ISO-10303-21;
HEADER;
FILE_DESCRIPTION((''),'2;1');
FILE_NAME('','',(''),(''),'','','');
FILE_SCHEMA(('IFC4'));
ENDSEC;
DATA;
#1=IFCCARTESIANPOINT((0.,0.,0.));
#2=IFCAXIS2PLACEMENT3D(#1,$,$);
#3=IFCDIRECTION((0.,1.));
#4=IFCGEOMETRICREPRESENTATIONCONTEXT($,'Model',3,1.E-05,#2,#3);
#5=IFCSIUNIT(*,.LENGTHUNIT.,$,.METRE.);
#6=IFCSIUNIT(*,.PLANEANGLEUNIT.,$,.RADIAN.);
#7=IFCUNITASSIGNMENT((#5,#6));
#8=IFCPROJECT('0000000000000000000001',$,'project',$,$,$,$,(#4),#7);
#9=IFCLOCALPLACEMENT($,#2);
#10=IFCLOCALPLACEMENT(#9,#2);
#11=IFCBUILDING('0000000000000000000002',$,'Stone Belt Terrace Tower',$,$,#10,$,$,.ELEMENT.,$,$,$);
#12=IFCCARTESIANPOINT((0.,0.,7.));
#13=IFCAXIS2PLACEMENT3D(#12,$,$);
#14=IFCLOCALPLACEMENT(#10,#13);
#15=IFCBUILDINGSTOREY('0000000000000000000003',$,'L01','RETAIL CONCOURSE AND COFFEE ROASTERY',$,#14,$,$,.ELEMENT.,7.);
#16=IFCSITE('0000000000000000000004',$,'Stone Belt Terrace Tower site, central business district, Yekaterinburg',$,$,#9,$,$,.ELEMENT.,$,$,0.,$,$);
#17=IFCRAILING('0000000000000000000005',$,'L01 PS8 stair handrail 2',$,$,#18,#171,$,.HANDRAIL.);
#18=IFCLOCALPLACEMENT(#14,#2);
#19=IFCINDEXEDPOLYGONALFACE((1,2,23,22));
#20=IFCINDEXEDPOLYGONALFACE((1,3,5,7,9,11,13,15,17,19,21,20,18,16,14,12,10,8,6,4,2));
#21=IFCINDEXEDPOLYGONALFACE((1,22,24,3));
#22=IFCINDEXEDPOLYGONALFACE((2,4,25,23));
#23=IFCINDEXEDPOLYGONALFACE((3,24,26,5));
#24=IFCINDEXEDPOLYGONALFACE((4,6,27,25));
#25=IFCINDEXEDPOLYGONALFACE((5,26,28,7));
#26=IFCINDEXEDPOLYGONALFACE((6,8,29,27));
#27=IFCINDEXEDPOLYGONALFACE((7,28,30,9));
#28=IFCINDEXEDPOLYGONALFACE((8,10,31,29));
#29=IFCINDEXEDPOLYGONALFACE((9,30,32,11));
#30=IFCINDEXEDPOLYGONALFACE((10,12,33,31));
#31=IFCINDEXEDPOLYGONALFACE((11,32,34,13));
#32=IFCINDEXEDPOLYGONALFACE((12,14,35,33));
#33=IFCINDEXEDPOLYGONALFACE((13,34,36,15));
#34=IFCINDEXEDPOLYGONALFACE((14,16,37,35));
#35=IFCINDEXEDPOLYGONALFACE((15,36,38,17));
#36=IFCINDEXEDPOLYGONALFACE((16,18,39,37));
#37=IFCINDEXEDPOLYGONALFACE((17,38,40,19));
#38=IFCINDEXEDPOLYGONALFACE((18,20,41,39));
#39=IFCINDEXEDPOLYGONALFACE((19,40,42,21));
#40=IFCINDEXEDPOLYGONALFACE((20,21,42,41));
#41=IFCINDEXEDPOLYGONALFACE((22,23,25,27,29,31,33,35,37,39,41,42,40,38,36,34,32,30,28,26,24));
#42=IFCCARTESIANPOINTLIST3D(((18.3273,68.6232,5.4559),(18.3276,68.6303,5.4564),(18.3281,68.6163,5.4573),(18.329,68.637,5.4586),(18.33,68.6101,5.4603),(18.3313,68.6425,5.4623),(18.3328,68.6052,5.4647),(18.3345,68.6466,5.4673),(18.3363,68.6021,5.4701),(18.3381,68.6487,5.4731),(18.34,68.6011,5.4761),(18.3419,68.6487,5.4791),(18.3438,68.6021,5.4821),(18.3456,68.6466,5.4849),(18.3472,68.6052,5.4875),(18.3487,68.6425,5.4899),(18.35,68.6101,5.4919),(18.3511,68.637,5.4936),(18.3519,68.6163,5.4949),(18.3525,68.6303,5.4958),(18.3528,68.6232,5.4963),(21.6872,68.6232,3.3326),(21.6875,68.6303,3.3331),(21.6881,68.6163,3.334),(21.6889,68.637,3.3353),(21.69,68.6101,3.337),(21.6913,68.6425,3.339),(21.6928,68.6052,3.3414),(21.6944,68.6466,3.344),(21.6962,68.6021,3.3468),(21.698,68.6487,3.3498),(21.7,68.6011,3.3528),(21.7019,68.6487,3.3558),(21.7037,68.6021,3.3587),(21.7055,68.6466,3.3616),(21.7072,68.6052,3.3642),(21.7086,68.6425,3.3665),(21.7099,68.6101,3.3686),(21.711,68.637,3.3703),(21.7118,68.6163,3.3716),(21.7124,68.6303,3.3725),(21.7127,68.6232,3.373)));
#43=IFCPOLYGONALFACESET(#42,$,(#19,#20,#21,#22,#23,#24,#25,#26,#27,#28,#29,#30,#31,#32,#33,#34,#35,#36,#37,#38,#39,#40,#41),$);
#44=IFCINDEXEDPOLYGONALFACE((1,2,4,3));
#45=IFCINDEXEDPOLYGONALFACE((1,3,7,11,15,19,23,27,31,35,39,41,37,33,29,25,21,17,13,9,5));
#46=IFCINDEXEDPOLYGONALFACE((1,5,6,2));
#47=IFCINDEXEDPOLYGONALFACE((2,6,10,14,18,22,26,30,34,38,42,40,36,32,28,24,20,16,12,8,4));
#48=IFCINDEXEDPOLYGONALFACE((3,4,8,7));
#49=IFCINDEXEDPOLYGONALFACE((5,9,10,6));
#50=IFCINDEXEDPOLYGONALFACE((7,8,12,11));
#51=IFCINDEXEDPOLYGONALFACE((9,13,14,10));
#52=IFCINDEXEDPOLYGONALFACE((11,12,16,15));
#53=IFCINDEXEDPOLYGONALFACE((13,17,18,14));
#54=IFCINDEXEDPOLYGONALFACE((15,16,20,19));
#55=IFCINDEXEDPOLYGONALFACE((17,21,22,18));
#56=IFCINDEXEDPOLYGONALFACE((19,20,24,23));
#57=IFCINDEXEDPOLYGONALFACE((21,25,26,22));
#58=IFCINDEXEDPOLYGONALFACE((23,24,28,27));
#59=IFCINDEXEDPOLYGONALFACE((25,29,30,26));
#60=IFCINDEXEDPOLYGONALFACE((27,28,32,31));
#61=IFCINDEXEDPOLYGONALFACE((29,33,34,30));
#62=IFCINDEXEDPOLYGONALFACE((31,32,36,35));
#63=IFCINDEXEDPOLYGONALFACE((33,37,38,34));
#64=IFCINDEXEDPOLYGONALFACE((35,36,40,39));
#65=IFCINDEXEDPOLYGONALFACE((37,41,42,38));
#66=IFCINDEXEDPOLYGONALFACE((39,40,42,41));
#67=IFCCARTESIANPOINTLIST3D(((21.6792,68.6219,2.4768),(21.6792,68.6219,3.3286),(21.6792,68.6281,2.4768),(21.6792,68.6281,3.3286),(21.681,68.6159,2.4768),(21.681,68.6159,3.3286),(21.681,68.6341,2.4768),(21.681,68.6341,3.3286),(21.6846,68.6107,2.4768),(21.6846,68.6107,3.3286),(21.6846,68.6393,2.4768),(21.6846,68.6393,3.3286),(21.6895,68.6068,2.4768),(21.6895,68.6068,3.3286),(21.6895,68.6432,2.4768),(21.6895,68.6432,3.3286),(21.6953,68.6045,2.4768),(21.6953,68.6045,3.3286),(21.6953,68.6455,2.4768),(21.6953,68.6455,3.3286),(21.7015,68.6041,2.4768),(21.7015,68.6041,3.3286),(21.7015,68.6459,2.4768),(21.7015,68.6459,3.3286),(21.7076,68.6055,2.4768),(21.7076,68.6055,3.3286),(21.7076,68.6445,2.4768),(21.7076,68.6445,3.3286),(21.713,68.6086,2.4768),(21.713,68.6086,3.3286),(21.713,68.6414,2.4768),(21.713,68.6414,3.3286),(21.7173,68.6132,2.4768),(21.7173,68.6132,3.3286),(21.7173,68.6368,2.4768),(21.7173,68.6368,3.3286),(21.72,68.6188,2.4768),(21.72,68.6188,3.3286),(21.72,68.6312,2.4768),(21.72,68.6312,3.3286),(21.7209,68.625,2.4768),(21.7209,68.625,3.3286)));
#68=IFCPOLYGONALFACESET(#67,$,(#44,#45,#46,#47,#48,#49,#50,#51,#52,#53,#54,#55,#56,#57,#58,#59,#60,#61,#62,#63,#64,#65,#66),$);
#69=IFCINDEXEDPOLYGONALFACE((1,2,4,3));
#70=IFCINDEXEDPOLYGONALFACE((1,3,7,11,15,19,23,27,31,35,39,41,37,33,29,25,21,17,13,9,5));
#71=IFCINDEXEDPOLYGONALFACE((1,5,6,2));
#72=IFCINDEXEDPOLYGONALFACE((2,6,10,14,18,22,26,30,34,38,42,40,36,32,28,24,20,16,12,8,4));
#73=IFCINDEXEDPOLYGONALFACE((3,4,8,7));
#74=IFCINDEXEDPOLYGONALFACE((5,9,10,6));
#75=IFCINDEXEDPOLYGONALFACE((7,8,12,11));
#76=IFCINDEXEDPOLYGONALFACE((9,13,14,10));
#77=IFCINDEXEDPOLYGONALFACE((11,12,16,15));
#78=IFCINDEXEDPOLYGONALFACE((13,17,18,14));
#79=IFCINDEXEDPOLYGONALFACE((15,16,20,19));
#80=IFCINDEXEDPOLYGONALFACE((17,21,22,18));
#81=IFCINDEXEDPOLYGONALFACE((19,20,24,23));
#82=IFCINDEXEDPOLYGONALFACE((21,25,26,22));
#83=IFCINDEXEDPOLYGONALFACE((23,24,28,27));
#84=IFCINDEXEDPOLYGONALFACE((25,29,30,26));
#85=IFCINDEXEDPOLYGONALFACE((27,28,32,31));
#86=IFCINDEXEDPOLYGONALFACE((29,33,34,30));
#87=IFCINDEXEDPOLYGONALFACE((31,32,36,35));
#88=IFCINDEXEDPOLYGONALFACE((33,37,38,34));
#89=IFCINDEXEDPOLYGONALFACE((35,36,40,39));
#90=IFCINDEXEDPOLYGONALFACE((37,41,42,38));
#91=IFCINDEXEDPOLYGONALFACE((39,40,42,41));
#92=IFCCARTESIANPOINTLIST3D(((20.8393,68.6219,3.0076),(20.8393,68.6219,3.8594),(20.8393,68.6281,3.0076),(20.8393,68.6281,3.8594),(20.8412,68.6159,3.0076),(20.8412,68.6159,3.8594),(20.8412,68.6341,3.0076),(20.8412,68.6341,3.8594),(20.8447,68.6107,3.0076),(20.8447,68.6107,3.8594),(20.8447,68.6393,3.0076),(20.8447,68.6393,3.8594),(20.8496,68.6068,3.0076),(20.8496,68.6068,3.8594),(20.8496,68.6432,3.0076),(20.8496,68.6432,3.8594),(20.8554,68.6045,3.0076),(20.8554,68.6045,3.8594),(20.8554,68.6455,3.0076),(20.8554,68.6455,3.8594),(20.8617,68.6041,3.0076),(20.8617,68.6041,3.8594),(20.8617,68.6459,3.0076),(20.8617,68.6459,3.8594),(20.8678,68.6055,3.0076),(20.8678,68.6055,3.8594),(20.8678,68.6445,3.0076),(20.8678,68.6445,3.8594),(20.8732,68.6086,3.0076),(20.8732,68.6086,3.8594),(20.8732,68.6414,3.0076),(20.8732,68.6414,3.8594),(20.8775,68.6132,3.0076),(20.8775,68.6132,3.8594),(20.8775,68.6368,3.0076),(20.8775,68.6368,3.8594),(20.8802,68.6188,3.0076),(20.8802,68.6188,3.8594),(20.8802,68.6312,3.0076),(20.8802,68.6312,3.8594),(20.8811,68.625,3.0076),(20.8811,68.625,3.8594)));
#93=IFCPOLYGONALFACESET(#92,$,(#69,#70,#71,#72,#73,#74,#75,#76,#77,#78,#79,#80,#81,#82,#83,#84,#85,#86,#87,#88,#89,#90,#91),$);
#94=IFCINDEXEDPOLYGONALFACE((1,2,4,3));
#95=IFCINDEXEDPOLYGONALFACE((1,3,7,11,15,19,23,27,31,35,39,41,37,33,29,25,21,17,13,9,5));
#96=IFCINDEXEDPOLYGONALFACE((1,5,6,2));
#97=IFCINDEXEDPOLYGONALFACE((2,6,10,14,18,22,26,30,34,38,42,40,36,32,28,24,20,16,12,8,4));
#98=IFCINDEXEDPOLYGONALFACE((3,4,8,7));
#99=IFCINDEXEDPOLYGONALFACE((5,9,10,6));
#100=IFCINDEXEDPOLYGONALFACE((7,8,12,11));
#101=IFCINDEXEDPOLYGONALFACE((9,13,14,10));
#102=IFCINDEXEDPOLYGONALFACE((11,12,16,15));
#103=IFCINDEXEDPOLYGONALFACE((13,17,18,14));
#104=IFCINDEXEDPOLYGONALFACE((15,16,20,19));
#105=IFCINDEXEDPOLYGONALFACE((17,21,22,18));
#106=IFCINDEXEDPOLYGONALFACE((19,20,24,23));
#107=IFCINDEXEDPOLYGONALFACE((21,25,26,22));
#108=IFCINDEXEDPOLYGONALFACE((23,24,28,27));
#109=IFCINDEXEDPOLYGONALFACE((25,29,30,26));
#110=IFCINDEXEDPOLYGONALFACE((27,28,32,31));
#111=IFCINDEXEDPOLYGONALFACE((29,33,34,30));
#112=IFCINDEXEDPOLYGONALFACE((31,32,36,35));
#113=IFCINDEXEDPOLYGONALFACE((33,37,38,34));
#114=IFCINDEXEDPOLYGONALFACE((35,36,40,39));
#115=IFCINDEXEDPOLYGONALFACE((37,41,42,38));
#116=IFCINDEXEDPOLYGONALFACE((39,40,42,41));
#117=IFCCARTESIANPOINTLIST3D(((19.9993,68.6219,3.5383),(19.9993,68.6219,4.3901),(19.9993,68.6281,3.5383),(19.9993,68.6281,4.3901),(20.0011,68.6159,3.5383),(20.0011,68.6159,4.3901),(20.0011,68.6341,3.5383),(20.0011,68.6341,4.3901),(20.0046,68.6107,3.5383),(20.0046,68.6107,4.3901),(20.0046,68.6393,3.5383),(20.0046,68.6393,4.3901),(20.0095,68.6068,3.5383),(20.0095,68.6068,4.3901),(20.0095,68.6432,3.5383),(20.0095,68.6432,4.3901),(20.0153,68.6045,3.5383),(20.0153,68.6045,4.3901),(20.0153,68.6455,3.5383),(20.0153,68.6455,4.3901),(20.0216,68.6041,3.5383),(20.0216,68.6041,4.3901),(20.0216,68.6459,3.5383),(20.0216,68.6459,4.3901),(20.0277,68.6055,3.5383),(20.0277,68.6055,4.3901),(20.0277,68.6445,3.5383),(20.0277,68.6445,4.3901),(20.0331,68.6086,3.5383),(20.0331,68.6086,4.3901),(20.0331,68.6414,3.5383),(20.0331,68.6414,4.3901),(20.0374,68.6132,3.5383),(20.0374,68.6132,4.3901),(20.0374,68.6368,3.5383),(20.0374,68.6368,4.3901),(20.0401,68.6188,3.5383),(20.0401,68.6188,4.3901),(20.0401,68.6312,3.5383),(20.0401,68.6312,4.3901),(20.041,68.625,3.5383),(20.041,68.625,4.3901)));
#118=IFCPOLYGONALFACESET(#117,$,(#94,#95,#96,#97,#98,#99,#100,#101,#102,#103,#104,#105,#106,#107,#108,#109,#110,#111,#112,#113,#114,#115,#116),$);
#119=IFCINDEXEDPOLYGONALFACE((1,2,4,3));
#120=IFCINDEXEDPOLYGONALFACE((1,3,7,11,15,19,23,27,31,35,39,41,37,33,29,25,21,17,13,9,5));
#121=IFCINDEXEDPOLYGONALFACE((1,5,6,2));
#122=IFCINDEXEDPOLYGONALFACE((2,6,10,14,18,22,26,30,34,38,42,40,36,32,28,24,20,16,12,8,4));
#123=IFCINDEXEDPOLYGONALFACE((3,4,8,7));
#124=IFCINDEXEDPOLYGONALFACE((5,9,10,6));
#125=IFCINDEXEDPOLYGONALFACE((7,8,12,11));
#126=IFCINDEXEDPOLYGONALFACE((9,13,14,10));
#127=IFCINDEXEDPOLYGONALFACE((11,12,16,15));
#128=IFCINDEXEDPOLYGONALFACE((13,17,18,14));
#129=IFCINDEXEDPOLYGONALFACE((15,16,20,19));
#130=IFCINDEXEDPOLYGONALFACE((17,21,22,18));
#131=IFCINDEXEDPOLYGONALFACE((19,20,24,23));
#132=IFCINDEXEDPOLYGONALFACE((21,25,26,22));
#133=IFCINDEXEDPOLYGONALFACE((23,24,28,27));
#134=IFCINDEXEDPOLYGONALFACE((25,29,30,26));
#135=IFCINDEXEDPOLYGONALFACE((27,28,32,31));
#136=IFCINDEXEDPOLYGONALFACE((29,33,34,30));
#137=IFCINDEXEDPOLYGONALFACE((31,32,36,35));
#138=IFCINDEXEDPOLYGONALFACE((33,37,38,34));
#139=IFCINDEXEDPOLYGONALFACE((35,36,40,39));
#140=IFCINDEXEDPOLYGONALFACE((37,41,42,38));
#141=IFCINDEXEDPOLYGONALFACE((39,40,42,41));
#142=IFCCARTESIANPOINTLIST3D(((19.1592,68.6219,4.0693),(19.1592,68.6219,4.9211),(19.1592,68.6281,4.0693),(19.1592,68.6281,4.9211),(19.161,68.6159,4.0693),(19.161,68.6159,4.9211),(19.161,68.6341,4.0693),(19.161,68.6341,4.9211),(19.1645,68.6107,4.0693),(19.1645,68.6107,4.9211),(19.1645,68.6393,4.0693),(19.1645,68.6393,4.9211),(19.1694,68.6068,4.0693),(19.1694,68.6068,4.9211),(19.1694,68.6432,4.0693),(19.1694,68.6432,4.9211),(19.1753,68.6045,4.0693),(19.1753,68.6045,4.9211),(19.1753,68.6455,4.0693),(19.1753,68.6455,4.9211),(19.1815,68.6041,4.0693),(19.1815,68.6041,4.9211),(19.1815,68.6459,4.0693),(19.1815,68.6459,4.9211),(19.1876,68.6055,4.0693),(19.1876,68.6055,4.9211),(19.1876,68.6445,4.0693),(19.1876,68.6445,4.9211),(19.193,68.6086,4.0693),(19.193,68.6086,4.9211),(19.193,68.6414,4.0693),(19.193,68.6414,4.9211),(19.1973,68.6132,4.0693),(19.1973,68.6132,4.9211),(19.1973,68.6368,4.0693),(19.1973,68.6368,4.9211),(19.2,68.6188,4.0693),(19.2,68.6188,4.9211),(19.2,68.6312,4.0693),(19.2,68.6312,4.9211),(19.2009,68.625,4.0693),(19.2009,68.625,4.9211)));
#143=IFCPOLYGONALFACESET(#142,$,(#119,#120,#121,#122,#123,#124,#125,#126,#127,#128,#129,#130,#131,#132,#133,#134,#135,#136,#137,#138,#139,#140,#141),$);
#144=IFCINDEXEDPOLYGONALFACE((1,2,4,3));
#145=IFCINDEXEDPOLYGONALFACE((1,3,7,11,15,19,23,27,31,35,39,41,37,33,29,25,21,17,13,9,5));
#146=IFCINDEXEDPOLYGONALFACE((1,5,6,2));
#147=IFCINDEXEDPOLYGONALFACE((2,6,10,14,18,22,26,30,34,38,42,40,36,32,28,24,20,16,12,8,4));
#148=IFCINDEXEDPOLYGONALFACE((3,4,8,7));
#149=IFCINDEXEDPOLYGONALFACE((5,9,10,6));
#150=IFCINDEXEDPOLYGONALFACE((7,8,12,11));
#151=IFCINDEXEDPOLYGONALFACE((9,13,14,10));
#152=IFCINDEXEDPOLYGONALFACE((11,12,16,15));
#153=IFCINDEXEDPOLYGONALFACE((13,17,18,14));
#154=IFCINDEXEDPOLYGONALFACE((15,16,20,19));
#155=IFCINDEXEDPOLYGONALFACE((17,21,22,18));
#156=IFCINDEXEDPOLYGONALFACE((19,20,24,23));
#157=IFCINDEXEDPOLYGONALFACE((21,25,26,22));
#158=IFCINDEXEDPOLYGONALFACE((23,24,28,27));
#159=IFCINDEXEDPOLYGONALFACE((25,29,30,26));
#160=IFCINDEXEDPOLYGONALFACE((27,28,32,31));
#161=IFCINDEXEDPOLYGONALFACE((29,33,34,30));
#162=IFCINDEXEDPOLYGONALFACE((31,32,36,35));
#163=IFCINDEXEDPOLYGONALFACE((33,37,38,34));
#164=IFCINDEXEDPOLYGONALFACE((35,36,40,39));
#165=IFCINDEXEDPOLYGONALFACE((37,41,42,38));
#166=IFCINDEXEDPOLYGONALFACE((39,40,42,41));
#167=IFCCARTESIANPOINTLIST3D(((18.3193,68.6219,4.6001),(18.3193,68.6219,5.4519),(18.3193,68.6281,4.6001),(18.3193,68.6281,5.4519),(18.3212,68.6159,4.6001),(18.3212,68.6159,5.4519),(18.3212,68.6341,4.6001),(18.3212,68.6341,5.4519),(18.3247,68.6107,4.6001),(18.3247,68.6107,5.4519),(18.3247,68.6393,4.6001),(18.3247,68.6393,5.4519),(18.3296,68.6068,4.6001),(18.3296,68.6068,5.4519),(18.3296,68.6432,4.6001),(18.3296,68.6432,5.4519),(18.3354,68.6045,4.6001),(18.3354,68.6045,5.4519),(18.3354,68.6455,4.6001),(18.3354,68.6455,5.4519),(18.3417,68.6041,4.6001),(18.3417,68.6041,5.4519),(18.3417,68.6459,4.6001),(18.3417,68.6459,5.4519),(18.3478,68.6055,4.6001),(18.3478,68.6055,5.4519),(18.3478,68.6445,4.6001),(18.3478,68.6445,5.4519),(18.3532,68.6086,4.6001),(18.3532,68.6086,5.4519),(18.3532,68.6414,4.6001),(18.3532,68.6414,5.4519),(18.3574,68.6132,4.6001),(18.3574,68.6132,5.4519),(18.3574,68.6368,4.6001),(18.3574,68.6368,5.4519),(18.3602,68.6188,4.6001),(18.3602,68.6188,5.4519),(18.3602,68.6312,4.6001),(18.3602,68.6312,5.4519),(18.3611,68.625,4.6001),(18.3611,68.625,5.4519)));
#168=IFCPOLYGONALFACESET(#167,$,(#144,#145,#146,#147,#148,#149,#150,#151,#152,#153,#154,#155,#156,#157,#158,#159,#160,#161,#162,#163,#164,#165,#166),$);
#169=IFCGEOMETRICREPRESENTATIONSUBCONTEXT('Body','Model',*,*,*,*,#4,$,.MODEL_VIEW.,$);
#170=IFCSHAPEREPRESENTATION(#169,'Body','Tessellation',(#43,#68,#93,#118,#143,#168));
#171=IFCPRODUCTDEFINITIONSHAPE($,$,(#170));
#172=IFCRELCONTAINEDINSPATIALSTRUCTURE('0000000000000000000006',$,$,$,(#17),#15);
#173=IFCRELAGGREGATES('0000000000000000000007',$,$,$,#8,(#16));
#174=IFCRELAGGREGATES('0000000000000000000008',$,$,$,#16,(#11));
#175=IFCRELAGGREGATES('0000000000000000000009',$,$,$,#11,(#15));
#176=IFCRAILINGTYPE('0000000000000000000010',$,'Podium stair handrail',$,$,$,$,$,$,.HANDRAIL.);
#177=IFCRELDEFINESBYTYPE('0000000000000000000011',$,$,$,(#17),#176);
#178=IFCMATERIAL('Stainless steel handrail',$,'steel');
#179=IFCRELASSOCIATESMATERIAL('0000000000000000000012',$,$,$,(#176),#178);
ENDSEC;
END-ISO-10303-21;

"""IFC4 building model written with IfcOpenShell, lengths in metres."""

from ifc_helpers import new_model, si_unit, direction, frame, origin, origin_2d, place, context, subcontext, project, spatial, circle, extrude, material, type_object, element, save


model = new_model("IFC4")

# Units and contexts
model_context = context("Model", 3, precision=1e-05, world=origin(), true_north=direction((0.0, 1.0)))
body_context = subcontext(model_context, "Body", "Model", "MODEL_VIEW")
ifc_project = project(units=[si_unit("LENGTHUNIT", "METRE"), si_unit("PLANEANGLEUNIT", "RADIAN")], contexts=[model_context])

# Site, building, storey
site_placement = place(None, origin())
site = spatial("IfcSite", under=ifc_project, at=site_placement, Name="Stone Belt Terrace Tower site, central business district, Yekaterinburg", CompositionType="ELEMENT", RefElevation=0.0)
building_placement = place(site_placement, origin())
building = spatial("IfcBuilding", under=site, at=building_placement, Name="Stone Belt Terrace Tower", CompositionType="ELEMENT")
storey_placement = place(building_placement, frame((0.0, 0.0, 7.0)))
storey = spatial("IfcBuildingStorey", under=building, at=storey_placement, Name="L01", Description="RETAIL CONCOURSE AND COFFEE ROASTERY", CompositionType="ELEMENT", Elevation=7.0)

# Railing
ifc_material_1 = material(Name="Stainless steel handrail", Category="steel")
railing_type_1 = type_object("IfcRailingType", Name="Podium stair handrail", PredefinedType="HANDRAIL", material=ifc_material_1)
railing_1_placement = place(storey_placement, frame((21.7, 68.625, 2.4768)))
element("IfcRailing", 1, at=railing_1_placement, inside=storey, type_object=railing_type_1, Name="L01 PS8 stair handrail 2", PredefinedType="HANDRAIL", context=body_context, shape_type="SweptSolid", body=[
    extrude(circle(Radius=0.0239, at=origin_2d()), frame((0.0, 0.0, 0.876), z_axis=(-0.845344, 0.0, 0.534222), x_axis=(0.0, -1.0, 0.0)), (0.0, 0.0, 1.0), 3.9746),
    extrude(circle(Radius=0.021, at=origin_2d()), origin(), (0.0, 0.0, 1.0), 0.8518),
    extrude(circle(Radius=0.021, at=origin_2d()), frame((-0.8398, 0.0, 0.5308)), (0.0, 0.0, 1.0), 0.8518),
    extrude(circle(Radius=0.021, at=origin_2d()), frame((-1.6799, 0.0, 1.0615)), (0.0, 0.0, 1.0), 0.8518),
    extrude(circle(Radius=0.021, at=origin_2d()), frame((-2.52, 0.0, 1.5925)), (0.0, 0.0, 1.0), 0.8518),
    extrude(circle(Radius=0.021, at=origin_2d()), frame((-3.3599, 0.0, 2.1233)), (0.0, 0.0, 1.0), 0.8518),
])

save(model, "model.ifc")
